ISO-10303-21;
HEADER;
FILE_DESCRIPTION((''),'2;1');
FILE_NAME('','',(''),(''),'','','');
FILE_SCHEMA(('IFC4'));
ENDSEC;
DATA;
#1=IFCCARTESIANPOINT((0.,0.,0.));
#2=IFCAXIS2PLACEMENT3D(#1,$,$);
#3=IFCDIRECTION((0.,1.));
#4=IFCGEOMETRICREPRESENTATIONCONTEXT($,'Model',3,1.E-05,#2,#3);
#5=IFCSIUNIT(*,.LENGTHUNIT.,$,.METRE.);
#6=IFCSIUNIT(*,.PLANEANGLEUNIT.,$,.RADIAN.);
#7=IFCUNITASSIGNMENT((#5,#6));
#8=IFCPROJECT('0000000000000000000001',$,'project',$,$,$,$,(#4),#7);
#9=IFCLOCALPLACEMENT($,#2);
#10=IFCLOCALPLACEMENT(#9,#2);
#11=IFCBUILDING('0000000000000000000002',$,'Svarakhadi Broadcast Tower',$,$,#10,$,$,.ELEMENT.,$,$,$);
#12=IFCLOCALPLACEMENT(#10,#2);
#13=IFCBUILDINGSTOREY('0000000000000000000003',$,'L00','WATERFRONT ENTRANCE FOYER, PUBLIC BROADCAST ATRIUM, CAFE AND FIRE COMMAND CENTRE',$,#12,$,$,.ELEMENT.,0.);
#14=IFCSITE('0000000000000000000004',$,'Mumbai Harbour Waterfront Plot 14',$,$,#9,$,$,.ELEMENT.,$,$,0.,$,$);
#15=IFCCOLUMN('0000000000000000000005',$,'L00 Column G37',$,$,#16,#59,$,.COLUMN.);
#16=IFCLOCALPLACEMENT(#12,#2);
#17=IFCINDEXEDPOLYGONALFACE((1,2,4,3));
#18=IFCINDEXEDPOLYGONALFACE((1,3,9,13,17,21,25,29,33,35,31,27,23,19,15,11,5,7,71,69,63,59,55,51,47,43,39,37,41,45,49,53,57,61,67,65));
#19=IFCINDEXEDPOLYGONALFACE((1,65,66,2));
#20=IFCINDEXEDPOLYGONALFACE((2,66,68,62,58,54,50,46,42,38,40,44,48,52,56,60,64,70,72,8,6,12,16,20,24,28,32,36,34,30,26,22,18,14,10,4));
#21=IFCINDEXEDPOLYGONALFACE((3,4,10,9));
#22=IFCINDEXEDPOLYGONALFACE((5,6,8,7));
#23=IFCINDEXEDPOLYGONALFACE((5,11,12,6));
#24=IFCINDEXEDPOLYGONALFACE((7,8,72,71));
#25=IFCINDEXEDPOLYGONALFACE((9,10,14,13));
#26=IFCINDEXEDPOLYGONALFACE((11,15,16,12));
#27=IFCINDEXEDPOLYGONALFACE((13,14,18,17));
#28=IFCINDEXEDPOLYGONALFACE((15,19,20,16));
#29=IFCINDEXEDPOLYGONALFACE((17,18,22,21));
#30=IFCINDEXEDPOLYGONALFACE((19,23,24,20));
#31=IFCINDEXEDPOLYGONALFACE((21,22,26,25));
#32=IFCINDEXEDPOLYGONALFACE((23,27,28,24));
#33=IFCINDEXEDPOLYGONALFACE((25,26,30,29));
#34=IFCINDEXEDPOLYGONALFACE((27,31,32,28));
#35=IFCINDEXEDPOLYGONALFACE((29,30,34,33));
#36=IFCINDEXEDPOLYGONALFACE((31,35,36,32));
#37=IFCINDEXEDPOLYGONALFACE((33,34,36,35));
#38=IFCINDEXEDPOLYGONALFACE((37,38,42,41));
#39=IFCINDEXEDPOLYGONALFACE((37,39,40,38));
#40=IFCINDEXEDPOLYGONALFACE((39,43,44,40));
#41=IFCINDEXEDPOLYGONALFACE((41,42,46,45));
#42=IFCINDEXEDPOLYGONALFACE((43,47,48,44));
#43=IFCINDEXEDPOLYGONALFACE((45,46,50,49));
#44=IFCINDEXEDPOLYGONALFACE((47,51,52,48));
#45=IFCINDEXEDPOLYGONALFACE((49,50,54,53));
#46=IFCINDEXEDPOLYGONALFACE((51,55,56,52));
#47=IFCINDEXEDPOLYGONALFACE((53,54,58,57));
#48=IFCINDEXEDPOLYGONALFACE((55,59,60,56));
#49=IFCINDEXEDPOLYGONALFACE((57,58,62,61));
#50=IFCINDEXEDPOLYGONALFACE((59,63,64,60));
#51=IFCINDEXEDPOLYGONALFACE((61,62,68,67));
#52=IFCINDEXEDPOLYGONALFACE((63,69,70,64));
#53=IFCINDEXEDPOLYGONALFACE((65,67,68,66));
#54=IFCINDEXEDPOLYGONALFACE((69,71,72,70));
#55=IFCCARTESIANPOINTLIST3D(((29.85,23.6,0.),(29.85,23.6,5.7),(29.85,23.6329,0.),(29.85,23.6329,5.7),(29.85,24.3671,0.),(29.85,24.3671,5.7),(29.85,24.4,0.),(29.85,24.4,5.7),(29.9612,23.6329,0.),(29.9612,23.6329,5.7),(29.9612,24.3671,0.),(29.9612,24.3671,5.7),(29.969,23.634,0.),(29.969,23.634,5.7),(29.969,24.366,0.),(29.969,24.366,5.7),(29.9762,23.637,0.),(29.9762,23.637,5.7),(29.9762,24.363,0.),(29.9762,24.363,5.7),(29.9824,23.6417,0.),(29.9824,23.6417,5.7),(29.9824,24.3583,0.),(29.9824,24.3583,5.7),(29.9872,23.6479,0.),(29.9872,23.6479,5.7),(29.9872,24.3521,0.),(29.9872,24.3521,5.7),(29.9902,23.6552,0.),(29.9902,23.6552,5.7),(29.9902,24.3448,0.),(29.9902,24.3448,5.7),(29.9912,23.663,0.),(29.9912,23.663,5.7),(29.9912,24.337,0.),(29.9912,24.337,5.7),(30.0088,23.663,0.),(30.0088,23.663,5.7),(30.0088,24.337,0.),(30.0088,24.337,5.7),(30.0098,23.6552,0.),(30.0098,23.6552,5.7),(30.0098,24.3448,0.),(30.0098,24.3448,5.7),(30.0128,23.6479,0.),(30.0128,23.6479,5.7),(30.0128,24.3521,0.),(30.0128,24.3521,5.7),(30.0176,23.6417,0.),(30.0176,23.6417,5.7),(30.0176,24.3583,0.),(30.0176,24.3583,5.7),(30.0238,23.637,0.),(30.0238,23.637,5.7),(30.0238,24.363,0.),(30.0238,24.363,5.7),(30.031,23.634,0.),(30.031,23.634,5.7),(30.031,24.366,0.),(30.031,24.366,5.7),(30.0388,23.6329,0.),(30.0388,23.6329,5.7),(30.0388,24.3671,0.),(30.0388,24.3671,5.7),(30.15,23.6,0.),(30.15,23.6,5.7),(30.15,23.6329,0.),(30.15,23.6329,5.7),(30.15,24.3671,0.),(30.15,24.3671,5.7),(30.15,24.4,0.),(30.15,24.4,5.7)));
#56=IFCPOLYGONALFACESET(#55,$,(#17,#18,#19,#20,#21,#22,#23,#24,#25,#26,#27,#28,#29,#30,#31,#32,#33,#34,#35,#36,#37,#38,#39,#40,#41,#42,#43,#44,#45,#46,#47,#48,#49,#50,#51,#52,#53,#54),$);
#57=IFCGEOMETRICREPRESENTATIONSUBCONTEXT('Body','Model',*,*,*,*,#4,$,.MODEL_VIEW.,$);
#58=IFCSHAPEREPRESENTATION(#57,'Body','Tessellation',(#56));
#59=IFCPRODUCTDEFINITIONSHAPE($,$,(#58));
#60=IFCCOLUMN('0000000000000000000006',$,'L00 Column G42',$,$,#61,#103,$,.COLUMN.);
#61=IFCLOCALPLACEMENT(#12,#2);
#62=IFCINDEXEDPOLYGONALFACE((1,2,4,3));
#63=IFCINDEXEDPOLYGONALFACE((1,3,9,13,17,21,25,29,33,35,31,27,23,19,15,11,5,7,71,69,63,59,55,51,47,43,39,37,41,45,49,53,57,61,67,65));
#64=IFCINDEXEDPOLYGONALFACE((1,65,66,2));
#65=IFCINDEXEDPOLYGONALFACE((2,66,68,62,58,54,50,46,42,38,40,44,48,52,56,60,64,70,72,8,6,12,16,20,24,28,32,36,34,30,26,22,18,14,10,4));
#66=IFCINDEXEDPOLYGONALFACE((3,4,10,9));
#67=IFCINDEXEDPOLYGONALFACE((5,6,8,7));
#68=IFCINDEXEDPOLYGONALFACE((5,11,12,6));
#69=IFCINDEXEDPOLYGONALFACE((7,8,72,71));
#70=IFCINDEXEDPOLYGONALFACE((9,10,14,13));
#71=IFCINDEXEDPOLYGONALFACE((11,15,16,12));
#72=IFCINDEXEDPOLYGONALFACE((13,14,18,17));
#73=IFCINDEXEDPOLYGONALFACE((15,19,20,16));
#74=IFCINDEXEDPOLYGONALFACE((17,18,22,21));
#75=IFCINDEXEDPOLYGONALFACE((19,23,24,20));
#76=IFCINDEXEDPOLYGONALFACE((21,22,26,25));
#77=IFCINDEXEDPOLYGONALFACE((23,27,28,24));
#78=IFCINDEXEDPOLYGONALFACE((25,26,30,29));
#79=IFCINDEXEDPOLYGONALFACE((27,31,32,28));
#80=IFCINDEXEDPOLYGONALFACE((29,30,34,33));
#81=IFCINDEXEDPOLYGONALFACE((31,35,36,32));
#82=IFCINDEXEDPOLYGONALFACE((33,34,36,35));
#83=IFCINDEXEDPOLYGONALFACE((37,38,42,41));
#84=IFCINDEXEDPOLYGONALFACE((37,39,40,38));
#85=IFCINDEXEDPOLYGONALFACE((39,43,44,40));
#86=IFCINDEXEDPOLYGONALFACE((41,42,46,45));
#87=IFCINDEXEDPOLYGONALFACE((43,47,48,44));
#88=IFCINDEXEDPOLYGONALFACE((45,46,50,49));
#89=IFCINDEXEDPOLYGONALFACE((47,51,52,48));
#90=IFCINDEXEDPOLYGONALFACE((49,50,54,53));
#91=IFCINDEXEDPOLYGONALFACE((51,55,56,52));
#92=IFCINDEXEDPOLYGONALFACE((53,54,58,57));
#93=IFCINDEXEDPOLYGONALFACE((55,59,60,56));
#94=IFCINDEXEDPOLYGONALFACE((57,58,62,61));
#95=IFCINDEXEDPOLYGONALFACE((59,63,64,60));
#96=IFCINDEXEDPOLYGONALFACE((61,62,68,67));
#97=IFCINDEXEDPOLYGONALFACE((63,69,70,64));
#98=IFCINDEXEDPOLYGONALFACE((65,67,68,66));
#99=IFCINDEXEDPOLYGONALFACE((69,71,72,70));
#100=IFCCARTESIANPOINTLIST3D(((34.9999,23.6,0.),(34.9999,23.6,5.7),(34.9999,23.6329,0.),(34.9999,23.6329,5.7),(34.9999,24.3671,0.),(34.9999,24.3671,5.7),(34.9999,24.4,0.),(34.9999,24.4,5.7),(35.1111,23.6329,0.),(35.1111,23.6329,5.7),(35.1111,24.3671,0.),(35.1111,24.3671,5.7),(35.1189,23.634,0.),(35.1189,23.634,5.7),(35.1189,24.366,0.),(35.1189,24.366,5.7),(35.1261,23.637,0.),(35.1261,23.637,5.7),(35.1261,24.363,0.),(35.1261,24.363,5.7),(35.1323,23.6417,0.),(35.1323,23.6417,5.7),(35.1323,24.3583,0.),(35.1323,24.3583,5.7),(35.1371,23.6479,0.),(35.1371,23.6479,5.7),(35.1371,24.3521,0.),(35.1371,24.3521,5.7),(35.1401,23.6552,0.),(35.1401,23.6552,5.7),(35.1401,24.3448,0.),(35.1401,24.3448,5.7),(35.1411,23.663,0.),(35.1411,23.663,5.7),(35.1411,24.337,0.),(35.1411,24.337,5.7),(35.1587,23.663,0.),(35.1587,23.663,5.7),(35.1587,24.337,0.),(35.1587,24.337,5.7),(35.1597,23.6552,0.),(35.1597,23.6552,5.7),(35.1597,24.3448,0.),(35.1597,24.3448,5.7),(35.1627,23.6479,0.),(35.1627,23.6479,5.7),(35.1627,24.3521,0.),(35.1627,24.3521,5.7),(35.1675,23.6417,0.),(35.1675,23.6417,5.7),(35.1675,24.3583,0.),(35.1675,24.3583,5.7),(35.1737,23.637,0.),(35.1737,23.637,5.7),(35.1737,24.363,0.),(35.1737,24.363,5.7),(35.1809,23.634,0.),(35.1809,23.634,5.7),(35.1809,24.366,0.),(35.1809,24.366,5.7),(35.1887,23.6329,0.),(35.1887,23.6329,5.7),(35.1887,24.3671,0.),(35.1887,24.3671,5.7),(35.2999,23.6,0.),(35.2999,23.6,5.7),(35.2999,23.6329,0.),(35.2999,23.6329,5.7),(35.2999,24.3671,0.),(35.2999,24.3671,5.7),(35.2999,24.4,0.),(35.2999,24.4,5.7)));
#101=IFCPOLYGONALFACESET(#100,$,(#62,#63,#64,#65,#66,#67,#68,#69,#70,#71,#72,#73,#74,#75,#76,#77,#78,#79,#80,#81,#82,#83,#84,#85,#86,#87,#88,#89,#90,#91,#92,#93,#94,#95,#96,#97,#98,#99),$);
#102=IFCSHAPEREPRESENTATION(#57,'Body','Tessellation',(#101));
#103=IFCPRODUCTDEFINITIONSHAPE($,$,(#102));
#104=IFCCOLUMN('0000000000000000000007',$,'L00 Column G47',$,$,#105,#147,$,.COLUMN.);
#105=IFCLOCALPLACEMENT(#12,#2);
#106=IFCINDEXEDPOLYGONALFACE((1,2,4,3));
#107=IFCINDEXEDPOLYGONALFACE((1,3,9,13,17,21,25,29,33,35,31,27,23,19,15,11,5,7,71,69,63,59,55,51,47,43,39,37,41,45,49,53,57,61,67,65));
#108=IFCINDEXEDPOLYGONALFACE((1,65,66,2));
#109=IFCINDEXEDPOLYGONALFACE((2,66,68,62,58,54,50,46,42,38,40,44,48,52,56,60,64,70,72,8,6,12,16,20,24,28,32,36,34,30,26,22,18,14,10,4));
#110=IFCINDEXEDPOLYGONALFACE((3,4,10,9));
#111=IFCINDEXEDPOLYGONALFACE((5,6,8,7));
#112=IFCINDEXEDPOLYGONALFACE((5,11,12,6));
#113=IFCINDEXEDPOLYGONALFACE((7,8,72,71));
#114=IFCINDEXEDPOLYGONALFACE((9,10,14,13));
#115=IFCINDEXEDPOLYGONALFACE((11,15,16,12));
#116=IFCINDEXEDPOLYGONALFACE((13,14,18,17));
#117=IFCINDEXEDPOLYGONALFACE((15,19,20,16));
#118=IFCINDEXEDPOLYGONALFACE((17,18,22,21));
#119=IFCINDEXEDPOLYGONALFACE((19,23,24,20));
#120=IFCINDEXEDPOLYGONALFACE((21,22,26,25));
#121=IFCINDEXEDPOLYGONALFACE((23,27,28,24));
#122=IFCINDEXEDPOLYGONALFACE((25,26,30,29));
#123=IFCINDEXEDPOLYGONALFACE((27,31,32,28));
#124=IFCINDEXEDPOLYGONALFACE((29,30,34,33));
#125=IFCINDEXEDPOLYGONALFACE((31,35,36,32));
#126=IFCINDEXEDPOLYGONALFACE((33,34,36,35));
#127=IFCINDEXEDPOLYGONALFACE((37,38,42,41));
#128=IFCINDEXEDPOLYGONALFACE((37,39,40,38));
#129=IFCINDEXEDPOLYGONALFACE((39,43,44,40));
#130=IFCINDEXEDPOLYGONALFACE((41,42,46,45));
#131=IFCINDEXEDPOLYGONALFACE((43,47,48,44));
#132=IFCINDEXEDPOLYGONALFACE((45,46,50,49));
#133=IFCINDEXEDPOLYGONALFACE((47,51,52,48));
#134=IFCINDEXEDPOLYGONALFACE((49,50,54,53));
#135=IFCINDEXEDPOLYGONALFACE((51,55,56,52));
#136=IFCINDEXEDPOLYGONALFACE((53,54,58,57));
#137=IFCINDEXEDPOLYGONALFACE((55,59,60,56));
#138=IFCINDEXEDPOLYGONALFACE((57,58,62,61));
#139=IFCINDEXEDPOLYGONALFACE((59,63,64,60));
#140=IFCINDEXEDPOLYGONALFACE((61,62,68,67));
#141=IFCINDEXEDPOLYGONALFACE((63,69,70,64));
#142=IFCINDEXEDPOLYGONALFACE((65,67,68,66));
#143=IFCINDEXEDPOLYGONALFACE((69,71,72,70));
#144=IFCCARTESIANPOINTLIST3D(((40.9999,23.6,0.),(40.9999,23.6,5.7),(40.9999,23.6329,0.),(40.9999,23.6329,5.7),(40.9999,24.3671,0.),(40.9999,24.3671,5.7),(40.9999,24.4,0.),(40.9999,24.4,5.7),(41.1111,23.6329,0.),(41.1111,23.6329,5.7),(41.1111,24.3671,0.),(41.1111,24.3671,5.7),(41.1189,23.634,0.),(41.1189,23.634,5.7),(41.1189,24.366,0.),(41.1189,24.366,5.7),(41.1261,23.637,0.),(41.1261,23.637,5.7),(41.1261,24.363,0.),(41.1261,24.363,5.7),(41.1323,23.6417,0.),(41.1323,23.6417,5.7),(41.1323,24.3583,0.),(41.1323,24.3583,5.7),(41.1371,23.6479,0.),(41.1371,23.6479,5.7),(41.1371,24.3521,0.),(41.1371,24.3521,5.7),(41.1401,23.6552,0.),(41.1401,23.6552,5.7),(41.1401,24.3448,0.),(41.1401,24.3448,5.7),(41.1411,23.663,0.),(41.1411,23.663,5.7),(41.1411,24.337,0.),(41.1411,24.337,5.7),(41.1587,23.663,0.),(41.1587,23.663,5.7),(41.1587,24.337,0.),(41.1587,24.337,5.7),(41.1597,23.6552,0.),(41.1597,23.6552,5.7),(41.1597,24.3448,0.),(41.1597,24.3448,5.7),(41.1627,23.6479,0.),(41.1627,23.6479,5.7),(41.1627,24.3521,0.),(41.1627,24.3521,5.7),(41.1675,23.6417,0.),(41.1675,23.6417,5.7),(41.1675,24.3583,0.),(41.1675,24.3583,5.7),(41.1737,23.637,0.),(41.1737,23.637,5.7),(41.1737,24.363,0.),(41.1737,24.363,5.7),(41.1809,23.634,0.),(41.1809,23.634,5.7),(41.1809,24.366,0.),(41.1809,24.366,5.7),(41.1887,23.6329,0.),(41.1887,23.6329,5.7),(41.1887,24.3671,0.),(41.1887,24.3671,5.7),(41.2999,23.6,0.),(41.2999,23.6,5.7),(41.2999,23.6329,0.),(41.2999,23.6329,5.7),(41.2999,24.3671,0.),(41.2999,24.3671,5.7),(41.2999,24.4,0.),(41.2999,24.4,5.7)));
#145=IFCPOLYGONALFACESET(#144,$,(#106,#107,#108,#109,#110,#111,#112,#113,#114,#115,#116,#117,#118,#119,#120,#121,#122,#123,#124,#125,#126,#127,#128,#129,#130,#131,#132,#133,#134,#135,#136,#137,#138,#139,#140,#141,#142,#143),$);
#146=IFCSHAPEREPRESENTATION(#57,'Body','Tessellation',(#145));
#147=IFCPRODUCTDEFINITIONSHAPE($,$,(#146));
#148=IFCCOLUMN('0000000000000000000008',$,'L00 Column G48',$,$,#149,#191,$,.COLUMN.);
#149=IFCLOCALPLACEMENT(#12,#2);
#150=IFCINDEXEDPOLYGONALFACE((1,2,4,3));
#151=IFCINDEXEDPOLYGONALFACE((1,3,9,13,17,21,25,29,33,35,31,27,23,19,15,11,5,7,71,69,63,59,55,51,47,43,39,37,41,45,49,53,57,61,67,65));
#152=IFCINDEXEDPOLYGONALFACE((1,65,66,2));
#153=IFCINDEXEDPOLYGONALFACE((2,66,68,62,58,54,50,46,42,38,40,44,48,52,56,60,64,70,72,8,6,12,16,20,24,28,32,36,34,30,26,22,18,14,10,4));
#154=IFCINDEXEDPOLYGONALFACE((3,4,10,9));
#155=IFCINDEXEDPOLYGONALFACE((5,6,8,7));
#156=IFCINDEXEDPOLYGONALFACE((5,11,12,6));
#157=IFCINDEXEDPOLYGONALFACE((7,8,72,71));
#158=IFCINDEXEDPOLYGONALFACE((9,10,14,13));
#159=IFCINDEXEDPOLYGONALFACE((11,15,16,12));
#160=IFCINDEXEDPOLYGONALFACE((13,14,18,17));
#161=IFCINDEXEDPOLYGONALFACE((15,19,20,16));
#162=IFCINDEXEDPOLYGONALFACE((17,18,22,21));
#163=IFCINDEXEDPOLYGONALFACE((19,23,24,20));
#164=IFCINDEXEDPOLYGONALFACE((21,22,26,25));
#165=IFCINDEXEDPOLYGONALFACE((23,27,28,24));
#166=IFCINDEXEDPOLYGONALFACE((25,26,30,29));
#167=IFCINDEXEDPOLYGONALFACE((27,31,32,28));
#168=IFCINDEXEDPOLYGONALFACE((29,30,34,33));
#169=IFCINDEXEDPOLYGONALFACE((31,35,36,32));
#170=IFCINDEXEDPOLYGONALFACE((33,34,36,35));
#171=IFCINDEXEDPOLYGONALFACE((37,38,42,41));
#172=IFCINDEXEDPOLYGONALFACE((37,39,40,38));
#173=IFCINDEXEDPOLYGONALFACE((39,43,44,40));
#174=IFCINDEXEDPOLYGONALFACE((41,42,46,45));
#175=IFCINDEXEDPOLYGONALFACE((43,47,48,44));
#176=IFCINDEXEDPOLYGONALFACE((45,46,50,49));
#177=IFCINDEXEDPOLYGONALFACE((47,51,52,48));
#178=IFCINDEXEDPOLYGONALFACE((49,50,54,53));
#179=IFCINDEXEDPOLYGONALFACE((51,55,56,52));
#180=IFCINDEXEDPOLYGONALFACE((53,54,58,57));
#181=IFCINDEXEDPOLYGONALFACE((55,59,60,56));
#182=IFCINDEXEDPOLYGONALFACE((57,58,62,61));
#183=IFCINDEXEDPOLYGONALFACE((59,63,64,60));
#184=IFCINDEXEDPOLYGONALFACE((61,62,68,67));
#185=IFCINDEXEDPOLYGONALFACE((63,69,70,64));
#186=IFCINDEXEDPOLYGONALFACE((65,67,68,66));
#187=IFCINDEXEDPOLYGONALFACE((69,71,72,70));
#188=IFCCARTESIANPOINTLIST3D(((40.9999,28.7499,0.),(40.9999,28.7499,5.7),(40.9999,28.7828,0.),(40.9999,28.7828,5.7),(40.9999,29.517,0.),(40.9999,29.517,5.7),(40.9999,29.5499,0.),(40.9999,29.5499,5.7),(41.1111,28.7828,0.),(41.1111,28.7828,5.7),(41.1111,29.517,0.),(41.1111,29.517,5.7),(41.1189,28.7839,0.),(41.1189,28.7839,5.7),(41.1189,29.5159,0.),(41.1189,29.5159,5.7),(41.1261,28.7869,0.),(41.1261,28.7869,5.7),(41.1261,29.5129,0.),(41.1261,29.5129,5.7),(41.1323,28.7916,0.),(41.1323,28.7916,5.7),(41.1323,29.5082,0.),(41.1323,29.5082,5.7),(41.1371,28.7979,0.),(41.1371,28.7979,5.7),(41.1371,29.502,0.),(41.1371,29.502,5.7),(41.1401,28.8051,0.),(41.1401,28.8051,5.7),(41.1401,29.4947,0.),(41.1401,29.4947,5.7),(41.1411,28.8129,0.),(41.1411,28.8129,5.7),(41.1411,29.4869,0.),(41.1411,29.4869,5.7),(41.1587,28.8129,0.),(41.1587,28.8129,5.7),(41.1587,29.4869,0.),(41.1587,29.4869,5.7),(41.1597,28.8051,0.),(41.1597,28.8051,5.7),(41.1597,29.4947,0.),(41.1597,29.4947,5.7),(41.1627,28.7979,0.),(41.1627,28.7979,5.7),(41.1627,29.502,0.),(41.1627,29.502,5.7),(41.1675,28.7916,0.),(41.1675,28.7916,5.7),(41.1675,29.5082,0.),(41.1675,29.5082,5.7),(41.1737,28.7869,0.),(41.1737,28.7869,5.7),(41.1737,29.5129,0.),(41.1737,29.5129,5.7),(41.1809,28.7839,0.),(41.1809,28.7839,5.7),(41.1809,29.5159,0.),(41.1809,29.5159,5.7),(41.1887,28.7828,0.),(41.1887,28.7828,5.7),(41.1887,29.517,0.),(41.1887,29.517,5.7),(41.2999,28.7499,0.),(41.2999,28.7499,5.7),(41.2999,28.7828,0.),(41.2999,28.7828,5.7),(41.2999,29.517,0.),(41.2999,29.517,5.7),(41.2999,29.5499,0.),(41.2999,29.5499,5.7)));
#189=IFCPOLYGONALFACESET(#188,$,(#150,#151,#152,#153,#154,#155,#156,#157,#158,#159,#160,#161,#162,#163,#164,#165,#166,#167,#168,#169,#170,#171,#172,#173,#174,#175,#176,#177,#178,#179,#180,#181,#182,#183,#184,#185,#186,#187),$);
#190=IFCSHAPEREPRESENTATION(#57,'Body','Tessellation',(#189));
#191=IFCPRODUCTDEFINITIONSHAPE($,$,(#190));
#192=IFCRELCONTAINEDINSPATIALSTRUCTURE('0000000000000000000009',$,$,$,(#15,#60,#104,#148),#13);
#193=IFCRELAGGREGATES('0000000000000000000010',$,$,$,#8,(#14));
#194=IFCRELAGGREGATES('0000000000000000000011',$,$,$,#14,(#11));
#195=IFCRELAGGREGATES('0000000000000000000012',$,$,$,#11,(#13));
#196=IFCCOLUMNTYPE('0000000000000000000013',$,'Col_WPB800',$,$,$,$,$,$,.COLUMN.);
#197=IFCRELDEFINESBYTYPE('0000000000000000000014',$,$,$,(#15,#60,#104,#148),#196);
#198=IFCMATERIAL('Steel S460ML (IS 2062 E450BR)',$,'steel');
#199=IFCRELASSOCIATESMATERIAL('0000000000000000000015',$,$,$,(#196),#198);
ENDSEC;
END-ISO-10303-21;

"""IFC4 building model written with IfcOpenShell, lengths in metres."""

from ifc_helpers import new_model, si_unit, direction, frame, origin, origin_2d, place, context, subcontext, project, spatial, i_section, extrude, material, material_profile, profile_set, type_object, element, save


model = new_model("IFC4")

# Units and contexts
model_context = context("Model", 3, precision=1e-05, world=origin(), true_north=direction((0.0, 1.0)))
body_context = subcontext(model_context, "Body", "Model", "MODEL_VIEW")
ifc_project = project(units=[si_unit("LENGTHUNIT", "METRE"), si_unit("PLANEANGLEUNIT", "RADIAN")], contexts=[model_context])

# Site, building, storey
site_placement = place(None, origin())
site = spatial("IfcSite", under=ifc_project, at=site_placement, Name="Mumbai Harbour Waterfront Plot 14", CompositionType="ELEMENT", RefElevation=0.0)
building_placement = place(site_placement, origin())
building = spatial("IfcBuilding", under=site, at=building_placement, Name="Svarakhadi Broadcast Tower", CompositionType="ELEMENT")
storey_placement = place(building_placement, origin())
storey = spatial("IfcBuildingStorey", under=building, at=storey_placement, Name="L00", Description="WATERFRONT ENTRANCE FOYER, PUBLIC BROADCAST ATRIUM, CAFE AND FIRE COMMAND CENTRE", CompositionType="ELEMENT", Elevation=0.0)

# Columns
ifc_material_1 = material(Name="Steel S460ML (IS 2062 E450BR)", Category="steel")
ifc_material_profile_1 = material_profile(ifc_material_1, i_section(OverallWidth=0.3, OverallDepth=0.8, WebThickness=0.0176, FlangeThickness=0.033, FilletRadius=0.03, at=origin_2d()), Name="WPB 800x300x262")
ifc_profile_set_1 = profile_set([ifc_material_profile_1], Name="Steel S460ML (IS 2062 E450BR)")
column_type = type_object("IfcColumnType", Name="Col_WPB800", PredefinedType="COLUMN", material=ifc_profile_set_1)
for number, where, z_axis, x_axis, name in (
    (1, (30.0, 24.0, 0.0), (0.0, 0.0, 1.0), (1.0, 0.0, 0.0), "L00 Column G37"),
    (2, (35.1499, 24.0, 0.0), (0.0, 0.0, 1.0), (1.0, 0.0, 0.0), "L00 Column G42"),
    (3, (41.1499, 24.0, 0.0), (0.0, 0.0, 1.0), (1.0, 0.0, 0.0), "L00 Column G47"),
    (4, (41.1499, 29.1499, 0.0), (0.0, 0.0, 1.0), (1.0, 0.0, 0.0), "L00 Column G48"),
):
    element("IfcColumn", number, at=place(storey_placement, frame(where, z_axis=z_axis, x_axis=x_axis)), inside=storey, type_object=column_type, Name=name, PredefinedType="COLUMN", context=body_context, shape_type="SweptSolid", body=[
        extrude(i_section(OverallWidth=0.3, OverallDepth=0.8, WebThickness=0.0176, FlangeThickness=0.033, FilletRadius=0.03, at=origin_2d()), origin(), (0.0, 0.0, 1.0), 5.7),
    ])

save(model, "model.ifc")
